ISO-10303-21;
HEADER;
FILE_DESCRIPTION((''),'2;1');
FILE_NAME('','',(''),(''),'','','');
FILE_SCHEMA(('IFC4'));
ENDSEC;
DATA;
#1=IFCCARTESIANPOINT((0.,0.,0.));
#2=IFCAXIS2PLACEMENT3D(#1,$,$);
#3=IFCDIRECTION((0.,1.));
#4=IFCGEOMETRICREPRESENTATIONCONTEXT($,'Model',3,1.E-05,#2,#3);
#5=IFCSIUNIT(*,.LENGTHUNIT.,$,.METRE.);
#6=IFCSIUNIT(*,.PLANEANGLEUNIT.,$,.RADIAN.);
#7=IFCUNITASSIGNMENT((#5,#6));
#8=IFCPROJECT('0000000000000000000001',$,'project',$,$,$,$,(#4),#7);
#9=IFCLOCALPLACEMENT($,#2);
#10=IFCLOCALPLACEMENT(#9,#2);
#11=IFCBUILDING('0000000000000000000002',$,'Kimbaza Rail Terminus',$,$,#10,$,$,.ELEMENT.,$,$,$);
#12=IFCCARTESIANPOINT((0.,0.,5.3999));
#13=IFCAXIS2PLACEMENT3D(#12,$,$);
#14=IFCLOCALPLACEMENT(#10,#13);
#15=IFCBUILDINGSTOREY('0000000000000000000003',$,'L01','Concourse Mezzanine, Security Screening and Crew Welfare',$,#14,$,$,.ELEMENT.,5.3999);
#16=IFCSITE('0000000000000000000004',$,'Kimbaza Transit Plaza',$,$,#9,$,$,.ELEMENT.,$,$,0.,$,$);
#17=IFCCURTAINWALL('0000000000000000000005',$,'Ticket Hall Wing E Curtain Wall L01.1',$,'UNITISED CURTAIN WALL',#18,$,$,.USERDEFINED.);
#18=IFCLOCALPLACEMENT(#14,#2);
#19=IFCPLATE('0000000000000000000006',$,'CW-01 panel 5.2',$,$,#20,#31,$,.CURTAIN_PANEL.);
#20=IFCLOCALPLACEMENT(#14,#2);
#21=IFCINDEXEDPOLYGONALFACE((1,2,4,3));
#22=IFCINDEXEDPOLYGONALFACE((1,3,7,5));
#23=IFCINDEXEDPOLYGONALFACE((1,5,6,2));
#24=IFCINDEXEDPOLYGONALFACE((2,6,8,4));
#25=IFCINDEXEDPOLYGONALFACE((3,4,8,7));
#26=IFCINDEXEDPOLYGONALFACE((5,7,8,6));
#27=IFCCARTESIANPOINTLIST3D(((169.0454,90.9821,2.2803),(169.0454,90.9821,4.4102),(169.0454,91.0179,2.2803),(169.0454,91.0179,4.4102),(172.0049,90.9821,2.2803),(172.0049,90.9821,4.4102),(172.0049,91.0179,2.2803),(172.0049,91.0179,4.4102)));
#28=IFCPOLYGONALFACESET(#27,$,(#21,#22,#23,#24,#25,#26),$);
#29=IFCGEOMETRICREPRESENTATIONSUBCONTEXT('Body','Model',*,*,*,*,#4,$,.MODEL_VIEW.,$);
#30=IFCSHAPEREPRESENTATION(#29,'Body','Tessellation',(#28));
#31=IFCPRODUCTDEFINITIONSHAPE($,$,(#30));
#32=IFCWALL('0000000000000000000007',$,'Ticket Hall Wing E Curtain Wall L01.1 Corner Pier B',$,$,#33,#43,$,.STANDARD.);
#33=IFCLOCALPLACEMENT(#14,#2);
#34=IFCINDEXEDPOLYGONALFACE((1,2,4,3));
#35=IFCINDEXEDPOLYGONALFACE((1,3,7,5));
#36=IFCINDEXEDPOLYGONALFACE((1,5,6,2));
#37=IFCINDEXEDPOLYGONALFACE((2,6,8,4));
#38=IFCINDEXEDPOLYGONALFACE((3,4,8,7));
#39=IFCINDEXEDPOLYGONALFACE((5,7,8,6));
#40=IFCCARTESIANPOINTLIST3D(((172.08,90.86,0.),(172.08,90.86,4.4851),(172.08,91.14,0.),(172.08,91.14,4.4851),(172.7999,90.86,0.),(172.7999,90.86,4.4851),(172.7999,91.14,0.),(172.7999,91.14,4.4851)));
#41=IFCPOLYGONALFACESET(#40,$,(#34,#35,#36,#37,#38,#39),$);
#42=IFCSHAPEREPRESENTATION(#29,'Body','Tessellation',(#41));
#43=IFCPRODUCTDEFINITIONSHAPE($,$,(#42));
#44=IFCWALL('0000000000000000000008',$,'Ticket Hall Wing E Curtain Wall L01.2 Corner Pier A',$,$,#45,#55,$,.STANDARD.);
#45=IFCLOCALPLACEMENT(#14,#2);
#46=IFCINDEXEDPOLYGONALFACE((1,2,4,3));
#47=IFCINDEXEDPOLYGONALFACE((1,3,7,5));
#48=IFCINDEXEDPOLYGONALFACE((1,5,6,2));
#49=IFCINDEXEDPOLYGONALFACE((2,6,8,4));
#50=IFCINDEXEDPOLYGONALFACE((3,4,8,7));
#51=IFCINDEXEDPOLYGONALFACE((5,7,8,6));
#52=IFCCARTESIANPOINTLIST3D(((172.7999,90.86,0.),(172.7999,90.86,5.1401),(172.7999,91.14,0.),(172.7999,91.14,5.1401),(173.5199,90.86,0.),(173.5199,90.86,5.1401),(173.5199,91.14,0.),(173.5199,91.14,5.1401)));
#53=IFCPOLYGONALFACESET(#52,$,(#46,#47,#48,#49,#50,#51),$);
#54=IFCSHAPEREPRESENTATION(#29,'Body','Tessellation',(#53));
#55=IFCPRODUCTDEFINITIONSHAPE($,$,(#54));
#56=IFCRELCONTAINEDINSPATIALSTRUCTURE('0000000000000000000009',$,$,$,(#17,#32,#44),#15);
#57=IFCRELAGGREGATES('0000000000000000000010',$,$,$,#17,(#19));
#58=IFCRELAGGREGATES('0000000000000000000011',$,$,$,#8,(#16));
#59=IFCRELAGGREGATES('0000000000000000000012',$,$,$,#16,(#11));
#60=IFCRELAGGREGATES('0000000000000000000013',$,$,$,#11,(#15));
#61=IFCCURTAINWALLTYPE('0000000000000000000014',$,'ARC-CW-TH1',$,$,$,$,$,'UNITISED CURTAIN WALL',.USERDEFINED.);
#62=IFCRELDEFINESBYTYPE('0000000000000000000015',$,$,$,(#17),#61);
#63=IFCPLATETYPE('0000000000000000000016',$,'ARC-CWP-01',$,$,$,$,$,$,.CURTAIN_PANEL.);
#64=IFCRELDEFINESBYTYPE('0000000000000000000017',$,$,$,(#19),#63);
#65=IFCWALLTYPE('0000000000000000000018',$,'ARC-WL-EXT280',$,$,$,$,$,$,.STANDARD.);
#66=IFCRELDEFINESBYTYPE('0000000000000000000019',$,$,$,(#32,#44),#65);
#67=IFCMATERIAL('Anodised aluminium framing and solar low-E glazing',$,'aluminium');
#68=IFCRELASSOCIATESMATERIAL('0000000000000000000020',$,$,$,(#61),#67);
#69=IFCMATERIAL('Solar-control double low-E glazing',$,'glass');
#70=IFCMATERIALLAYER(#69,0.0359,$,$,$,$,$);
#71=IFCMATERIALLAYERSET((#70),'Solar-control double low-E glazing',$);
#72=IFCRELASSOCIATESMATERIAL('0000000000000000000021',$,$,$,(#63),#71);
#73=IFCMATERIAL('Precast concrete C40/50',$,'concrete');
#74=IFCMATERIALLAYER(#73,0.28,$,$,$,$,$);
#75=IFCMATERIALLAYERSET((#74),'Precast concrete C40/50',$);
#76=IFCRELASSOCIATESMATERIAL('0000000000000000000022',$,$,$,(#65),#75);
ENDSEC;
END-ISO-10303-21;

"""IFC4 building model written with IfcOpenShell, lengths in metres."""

from ifc_helpers import new_model, si_unit, direction, frame, frame_2d, origin, origin_2d, place, context, subcontext, project, spatial, rectangle, extrude, material, layer, layer_set, type_object, element, aggregate, save


model = new_model("IFC4")

# Units and contexts
model_context = context("Model", 3, precision=1e-05, world=origin(), true_north=direction((0.0, 1.0)))
body_context = subcontext(model_context, "Body", "Model", "MODEL_VIEW")
ifc_project = project(units=[si_unit("LENGTHUNIT", "METRE"), si_unit("PLANEANGLEUNIT", "RADIAN")], contexts=[model_context])

# Site, building, storey
site_placement = place(None, origin())
site = spatial("IfcSite", under=ifc_project, at=site_placement, Name="Kimbaza Transit Plaza", CompositionType="ELEMENT", RefElevation=0.0)
building_placement = place(site_placement, origin())
building = spatial("IfcBuilding", under=site, at=building_placement, Name="Kimbaza Rail Terminus", CompositionType="ELEMENT")
storey_placement = place(building_placement, frame((0.0, 0.0, 5.3999)))
storey = spatial("IfcBuildingStorey", under=building, at=storey_placement, Name="L01", Description="Concourse Mezzanine, Security Screening and Crew Welfare", CompositionType="ELEMENT", Elevation=5.3999)

# Curtain wall
ifc_material_1 = material(Name="Anodised aluminium framing and solar low-E glazing", Category="aluminium")
curtain_wall_type = type_object("IfcCurtainWallType", Name="ARC-CW-TH1", ElementType="UNITISED CURTAIN WALL", PredefinedType="USERDEFINED", material=ifc_material_1)
curtain_wall_1_placement = place(storey_placement, origin())
curtain_wall_1 = element("IfcCurtainWall", 1, at=curtain_wall_1_placement, inside=storey, type_object=curtain_wall_type, Name="Ticket Hall Wing E Curtain Wall L01.1", ObjectType="UNITISED CURTAIN WALL", PredefinedType="USERDEFINED")

# Plate
ifc_material_2 = material(Name="Solar-control double low-E glazing", Category="glass")
ifc_layer_1 = layer(ifc_material_2, 0.0359)
ifc_layer_set_1 = layer_set([ifc_layer_1], Name="Solar-control double low-E glazing")
plate_type = type_object("IfcPlateType", Name="ARC-CWP-01", PredefinedType="CURTAIN_PANEL", material=ifc_layer_set_1)
plate_1_placement = place(storey_placement, frame((170.5251, 91.0, 2.2803), z_axis=(0.0, 0.0, 1.0), x_axis=(1.0, 0.0, 0.0)))
plate_1 = element("IfcPlate", 2, at=plate_1_placement, type_object=plate_type, Name="CW-01 panel 5.2", PredefinedType="CURTAIN_PANEL", context=body_context, shape_type="SweptSolid", body=[
    extrude(rectangle(XDim=2.9595, YDim=0.0359, at=origin_2d()), origin(), (0.0, 0.0, 1.0), 2.1299),
])
aggregate(curtain_wall_1, [plate_1])

# Walls
ifc_material_3 = material(Name="Precast concrete C40/50", Category="concrete")
ifc_layer_2 = layer(ifc_material_3, 0.28)
ifc_layer_set_2 = layer_set([ifc_layer_2], Name="Precast concrete C40/50")
wall_type = type_object("IfcWallType", Name="ARC-WL-EXT280", PredefinedType="STANDARD", material=ifc_layer_set_2)
wall_1_placement = place(storey_placement, frame((172.0801, 91.0, 0.0), z_axis=(0.0, 0.0, 1.0), x_axis=(1.0, 0.0, 0.0)))
element("IfcWall", 3, at=wall_1_placement, inside=storey, type_object=wall_type, Name="Ticket Hall Wing E Curtain Wall L01.1 Corner Pier B", PredefinedType="STANDARD", context=body_context, shape_type="SweptSolid", body=[
    extrude(rectangle(XDim=0.72, YDim=0.28, at=frame_2d((0.3599, 0.0))), origin(), (0.0, 0.0, 1.0), 4.4851),
])
wall_2_placement = place(storey_placement, frame((172.8, 91.0, 0.0), z_axis=(0.0, 0.0, 1.0), x_axis=(1.0, 0.0, 0.0)))
element("IfcWall", 4, at=wall_2_placement, inside=storey, type_object=wall_type, Name="Ticket Hall Wing E Curtain Wall L01.2 Corner Pier A", PredefinedType="STANDARD", context=body_context, shape_type="SweptSolid", body=[
    extrude(rectangle(XDim=0.72, YDim=0.28, at=frame_2d((0.3599, 0.0))), origin(), (0.0, 0.0, 1.0), 5.1401),
])

save(model, "model.ifc")
